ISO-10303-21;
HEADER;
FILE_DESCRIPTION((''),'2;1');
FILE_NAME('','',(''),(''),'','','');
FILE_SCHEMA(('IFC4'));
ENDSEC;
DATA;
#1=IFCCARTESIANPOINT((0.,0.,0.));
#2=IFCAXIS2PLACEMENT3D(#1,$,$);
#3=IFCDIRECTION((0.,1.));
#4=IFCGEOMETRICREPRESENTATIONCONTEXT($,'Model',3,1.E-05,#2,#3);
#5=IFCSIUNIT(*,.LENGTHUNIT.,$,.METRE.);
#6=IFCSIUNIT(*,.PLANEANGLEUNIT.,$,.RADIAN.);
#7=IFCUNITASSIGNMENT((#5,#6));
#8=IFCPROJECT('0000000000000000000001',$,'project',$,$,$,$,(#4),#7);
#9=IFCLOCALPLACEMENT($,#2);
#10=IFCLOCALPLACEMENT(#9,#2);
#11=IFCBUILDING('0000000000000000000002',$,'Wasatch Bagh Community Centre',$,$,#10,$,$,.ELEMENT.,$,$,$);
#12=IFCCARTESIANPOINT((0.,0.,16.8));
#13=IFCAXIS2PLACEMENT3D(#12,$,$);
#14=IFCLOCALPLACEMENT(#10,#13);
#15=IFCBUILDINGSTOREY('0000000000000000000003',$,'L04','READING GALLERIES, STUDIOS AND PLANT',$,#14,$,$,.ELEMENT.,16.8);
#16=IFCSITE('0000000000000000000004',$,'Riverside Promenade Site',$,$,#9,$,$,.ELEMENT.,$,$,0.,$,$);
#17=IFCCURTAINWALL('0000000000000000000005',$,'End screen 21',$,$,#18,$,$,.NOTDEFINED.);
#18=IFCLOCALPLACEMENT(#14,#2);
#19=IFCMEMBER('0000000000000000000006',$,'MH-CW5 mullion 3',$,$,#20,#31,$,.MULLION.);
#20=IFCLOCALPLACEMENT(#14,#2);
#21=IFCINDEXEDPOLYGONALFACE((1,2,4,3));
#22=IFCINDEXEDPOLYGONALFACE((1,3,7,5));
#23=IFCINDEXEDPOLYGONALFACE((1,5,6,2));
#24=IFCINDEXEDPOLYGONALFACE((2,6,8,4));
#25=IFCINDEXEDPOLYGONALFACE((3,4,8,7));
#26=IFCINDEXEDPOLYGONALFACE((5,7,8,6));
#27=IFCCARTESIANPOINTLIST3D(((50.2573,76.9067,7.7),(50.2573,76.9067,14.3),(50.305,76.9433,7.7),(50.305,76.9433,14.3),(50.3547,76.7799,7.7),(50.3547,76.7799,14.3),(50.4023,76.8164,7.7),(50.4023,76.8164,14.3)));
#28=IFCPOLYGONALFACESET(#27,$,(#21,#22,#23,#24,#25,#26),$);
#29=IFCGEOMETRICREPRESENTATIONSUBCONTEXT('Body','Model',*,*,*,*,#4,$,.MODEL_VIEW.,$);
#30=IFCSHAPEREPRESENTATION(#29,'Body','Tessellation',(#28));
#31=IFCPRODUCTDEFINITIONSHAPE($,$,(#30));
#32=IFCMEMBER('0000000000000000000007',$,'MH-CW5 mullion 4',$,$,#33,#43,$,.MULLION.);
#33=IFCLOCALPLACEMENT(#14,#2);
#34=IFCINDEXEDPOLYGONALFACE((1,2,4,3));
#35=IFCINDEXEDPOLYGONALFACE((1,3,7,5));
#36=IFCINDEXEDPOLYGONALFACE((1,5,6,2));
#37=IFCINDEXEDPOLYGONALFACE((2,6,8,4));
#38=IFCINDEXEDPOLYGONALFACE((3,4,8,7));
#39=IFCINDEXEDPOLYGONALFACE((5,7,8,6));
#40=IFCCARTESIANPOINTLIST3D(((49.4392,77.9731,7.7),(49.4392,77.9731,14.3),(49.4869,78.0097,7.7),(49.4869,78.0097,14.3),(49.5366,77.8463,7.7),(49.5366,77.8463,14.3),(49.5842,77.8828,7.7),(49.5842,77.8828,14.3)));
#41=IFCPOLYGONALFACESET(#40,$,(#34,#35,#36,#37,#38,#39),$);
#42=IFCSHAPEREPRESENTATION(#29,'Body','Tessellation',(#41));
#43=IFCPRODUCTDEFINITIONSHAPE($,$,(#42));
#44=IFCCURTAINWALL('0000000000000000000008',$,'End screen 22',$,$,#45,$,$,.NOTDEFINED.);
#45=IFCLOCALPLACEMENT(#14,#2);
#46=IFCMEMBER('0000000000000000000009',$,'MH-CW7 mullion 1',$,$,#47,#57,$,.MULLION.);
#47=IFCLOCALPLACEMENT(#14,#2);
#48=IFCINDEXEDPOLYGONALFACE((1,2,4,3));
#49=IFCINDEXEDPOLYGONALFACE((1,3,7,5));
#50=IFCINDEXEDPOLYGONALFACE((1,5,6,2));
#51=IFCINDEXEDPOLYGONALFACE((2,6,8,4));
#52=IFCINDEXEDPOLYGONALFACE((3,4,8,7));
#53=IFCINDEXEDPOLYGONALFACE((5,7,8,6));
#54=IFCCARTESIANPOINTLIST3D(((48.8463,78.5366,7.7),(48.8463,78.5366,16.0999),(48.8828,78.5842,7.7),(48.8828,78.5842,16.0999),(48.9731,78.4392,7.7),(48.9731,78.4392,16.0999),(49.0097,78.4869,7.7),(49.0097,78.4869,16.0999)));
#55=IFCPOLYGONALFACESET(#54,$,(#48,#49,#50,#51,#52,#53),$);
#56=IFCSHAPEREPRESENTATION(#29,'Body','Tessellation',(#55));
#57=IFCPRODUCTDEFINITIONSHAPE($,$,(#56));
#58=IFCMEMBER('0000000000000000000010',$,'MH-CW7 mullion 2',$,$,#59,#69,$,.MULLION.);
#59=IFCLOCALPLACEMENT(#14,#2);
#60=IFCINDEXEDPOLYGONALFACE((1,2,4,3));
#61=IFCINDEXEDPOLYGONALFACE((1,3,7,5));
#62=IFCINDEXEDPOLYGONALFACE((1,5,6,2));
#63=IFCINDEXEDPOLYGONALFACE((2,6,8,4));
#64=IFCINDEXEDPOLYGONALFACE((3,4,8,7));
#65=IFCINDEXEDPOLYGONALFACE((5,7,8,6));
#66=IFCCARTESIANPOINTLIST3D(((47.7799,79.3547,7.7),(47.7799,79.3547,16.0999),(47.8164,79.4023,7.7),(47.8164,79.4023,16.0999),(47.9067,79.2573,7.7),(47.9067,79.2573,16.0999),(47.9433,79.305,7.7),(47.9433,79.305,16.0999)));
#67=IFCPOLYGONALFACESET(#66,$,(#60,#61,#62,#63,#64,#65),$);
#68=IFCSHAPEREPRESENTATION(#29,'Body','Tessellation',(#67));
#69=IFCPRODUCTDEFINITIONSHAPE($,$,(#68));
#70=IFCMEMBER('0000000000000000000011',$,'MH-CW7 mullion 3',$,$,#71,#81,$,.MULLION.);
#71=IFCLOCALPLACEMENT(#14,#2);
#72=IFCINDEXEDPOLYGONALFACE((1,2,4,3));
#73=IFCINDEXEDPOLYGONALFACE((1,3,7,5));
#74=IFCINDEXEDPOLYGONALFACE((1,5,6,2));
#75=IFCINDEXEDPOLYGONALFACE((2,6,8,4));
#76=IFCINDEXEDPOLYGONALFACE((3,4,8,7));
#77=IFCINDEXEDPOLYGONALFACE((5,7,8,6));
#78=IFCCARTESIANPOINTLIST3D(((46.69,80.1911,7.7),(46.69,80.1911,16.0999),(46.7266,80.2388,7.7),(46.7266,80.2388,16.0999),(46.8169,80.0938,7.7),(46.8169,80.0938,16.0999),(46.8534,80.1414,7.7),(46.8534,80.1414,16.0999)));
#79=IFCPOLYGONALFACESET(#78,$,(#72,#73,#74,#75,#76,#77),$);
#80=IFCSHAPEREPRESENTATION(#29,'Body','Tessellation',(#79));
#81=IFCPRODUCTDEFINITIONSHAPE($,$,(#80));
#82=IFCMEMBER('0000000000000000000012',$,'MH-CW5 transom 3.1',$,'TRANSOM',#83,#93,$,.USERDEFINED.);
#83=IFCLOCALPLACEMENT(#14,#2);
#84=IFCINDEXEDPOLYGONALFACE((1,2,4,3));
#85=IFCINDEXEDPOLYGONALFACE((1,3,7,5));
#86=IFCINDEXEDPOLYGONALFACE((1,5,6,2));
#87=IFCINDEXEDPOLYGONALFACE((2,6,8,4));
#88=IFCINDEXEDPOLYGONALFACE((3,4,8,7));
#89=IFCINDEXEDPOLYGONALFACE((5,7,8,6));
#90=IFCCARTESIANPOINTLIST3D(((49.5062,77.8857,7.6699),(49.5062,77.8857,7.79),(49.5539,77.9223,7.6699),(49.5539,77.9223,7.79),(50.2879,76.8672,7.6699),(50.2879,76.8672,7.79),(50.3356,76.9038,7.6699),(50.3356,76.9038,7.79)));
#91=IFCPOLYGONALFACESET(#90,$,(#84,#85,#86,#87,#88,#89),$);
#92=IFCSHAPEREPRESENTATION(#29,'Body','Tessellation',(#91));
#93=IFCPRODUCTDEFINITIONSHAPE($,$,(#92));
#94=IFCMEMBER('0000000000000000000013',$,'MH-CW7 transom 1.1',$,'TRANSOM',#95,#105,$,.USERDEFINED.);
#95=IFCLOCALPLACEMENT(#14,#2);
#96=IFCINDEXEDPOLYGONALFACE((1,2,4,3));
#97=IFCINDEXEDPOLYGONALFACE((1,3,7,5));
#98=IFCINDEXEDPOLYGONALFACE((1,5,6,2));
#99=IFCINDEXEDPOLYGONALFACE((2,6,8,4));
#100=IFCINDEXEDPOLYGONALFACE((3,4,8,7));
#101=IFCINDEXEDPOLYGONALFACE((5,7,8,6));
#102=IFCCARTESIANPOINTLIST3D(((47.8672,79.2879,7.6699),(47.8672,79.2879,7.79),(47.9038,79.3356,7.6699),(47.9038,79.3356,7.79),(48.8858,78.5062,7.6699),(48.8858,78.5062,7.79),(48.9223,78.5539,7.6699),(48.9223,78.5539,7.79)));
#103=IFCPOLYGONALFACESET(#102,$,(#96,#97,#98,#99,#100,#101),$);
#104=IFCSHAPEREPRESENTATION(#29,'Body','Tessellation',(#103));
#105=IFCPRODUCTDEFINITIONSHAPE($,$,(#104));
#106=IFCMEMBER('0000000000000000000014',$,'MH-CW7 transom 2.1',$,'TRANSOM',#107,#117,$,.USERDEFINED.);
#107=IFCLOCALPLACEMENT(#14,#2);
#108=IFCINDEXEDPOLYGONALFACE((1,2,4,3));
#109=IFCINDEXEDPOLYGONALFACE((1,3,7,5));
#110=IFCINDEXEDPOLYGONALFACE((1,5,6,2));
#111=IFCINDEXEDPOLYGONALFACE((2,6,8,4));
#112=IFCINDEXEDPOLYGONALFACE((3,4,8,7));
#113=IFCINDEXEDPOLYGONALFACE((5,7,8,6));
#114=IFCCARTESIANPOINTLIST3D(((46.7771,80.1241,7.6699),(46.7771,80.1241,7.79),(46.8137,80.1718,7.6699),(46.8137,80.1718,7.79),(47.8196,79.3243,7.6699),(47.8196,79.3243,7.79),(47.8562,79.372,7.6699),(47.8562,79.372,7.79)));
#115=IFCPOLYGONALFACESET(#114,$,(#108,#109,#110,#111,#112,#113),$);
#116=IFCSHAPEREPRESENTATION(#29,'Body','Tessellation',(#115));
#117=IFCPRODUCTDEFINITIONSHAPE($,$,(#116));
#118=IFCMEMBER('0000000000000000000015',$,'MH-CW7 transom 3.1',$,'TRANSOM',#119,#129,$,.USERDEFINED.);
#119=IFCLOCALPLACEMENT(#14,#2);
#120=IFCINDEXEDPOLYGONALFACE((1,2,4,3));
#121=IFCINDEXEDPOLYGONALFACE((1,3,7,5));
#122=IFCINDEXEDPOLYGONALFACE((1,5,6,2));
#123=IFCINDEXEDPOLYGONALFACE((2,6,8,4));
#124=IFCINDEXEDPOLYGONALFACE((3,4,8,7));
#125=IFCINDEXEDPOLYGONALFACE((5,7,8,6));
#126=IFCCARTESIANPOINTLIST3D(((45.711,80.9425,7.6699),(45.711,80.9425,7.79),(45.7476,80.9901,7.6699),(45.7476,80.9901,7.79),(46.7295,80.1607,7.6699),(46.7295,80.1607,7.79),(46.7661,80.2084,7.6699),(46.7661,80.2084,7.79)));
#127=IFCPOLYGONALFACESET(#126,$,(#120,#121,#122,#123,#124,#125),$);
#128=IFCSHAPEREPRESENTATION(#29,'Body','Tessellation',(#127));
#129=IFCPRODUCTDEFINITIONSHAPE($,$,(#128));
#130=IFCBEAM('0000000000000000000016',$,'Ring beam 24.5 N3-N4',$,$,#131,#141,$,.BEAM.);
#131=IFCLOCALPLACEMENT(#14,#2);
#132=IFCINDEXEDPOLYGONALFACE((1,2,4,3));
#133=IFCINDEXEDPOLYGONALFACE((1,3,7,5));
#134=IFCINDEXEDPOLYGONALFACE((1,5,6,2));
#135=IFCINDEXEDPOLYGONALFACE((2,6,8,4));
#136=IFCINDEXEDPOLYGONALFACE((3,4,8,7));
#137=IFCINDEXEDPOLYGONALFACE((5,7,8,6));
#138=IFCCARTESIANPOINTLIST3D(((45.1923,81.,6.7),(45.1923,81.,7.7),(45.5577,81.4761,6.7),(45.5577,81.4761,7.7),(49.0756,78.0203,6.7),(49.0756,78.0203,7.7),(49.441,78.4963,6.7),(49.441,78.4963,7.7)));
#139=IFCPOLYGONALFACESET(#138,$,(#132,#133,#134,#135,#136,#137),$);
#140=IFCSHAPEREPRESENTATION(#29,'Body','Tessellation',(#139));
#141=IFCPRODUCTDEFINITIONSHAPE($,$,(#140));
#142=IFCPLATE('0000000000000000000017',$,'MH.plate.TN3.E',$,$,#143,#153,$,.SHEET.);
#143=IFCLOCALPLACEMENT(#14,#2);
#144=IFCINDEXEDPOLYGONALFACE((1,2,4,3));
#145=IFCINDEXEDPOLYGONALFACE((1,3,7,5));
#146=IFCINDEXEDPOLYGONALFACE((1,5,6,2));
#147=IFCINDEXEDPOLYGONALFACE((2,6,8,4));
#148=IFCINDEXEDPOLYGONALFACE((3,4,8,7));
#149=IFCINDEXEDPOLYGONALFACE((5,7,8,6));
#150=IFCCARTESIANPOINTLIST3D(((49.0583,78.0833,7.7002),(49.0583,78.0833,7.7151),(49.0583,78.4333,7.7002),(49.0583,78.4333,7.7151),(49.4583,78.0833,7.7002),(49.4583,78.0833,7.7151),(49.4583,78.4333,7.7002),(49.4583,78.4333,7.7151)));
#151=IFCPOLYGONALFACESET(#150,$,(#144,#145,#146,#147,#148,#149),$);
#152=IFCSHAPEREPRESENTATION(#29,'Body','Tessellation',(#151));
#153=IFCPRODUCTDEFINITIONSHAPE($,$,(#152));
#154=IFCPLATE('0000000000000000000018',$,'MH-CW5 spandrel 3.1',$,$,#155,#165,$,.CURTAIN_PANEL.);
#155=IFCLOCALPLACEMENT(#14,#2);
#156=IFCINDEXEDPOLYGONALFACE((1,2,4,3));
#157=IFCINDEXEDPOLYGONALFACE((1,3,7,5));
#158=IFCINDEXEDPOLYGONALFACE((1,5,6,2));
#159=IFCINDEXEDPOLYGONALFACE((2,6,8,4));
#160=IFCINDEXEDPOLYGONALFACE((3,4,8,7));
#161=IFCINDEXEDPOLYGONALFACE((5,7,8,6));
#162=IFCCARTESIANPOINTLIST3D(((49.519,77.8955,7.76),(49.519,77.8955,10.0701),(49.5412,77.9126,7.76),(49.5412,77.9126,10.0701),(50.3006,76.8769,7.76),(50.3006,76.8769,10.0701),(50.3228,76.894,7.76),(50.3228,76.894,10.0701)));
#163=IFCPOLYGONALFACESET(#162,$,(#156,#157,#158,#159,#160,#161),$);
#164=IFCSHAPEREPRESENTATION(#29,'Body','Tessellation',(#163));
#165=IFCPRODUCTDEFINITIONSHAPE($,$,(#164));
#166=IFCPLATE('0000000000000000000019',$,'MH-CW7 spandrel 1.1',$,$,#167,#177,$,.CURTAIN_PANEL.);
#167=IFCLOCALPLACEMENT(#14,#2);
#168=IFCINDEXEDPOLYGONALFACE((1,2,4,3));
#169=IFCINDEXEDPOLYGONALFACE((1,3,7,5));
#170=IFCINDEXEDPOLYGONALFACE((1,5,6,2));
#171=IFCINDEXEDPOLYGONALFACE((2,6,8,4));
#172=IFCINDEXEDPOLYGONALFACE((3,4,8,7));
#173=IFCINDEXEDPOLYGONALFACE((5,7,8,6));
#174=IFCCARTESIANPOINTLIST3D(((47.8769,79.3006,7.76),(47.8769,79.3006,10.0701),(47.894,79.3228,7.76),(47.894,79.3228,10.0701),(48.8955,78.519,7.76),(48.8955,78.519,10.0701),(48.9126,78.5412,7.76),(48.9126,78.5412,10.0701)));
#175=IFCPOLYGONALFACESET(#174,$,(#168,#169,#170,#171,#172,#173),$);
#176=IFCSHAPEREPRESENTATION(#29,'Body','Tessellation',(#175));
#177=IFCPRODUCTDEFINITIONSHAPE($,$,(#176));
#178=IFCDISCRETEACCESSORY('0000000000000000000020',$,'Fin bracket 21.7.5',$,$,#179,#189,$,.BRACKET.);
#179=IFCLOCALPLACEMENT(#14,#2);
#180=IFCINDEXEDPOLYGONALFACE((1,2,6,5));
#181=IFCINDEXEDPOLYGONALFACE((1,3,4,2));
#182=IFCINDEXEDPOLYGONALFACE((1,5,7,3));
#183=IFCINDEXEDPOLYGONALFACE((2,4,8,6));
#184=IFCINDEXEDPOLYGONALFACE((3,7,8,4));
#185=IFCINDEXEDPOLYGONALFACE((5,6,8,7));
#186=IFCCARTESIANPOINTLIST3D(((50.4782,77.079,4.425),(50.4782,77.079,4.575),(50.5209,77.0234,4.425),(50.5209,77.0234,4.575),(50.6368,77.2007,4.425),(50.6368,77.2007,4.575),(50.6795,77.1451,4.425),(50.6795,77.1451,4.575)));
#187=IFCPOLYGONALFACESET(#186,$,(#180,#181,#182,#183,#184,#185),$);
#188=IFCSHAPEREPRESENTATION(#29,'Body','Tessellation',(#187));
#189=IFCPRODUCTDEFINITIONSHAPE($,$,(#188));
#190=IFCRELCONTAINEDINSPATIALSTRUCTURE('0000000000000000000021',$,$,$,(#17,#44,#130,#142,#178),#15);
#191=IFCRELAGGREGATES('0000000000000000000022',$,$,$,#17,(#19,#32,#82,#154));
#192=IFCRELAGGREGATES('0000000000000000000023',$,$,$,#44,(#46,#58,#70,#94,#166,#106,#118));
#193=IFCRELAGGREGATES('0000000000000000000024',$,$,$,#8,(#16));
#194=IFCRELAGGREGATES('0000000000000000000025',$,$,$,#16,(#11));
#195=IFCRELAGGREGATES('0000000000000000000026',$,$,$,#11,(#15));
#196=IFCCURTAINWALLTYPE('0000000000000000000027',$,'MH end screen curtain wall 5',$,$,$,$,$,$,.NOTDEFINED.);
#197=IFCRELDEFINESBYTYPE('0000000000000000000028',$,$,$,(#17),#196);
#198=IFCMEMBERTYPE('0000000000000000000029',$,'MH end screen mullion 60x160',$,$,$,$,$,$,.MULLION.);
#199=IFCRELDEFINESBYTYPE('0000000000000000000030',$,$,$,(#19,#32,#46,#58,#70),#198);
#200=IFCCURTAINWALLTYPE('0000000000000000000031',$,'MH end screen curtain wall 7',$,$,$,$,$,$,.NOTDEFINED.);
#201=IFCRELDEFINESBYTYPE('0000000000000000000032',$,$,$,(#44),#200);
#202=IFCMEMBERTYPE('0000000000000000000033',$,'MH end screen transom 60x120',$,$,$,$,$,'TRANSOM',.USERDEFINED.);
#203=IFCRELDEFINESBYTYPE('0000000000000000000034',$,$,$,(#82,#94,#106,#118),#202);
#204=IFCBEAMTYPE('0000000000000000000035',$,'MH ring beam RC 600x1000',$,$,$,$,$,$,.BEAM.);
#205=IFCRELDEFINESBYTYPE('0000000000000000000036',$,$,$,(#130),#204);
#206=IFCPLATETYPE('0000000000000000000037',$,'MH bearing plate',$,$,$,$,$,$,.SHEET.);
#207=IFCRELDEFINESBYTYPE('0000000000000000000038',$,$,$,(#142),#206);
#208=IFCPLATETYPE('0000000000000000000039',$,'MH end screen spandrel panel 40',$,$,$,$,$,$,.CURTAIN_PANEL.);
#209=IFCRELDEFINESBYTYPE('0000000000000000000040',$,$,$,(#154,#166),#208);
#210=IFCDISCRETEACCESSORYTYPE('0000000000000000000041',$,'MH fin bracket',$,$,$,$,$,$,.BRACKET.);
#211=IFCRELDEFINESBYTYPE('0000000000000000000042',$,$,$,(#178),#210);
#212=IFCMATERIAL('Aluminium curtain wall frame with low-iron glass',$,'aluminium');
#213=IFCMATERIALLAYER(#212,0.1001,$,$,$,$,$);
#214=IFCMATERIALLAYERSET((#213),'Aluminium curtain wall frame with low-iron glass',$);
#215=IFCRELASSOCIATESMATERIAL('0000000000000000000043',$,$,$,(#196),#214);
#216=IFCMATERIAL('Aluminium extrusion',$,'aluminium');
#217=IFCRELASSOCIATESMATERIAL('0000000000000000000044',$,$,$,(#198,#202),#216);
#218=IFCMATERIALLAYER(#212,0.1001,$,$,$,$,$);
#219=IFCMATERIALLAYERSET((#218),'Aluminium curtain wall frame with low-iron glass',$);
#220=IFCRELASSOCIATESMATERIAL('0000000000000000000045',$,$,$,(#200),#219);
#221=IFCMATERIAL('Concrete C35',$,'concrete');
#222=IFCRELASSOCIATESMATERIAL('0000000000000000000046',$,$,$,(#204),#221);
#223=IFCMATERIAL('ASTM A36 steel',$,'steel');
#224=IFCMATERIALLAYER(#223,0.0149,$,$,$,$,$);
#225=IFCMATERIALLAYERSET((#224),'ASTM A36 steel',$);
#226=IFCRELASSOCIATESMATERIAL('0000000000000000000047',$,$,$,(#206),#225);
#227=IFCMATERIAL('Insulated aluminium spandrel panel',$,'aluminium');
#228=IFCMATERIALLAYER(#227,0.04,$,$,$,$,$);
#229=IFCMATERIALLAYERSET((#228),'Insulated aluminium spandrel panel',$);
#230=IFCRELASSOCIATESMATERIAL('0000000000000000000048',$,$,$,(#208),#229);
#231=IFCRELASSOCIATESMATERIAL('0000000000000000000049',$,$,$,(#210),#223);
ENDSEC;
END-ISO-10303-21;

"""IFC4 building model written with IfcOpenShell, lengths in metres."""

from ifc_helpers import new_model, si_unit, direction, frame, origin, origin_2d, place, context, subcontext, project, spatial, rectangle, extrude, material, layer, layer_set, material_profile, profile_set, type_object, element, aggregate, save


model = new_model("IFC4")

# Units and contexts
model_context = context("Model", 3, precision=1e-05, world=origin(), true_north=direction((0.0, 1.0)))
body_context = subcontext(model_context, "Body", "Model", "MODEL_VIEW")
ifc_project = project(units=[si_unit("LENGTHUNIT", "METRE"), si_unit("PLANEANGLEUNIT", "RADIAN")], contexts=[model_context])

# Site, building, storey
site_placement = place(None, origin())
site = spatial("IfcSite", under=ifc_project, at=site_placement, Name="Riverside Promenade Site", CompositionType="ELEMENT", RefElevation=0.0)
building_placement = place(site_placement, origin())
building = spatial("IfcBuilding", under=site, at=building_placement, Name="Wasatch Bagh Community Centre", CompositionType="ELEMENT")
storey_placement = place(building_placement, frame((0.0, 0.0, 16.8)))
storey = spatial("IfcBuildingStorey", under=building, at=storey_placement, Name="L04", Description="READING GALLERIES, STUDIOS AND PLANT", CompositionType="ELEMENT", Elevation=16.8)

# Curtain walls, members
ifc_material_1 = material(Name="Aluminium curtain wall frame with low-iron glass", Category="aluminium")
ifc_layer_1 = layer(ifc_material_1, 0.1001)
ifc_layer_set_1 = layer_set([ifc_layer_1], Name="Aluminium curtain wall frame with low-iron glass")
curtain_wall_type_1 = type_object("IfcCurtainWallType", Name="MH end screen curtain wall 5", PredefinedType="NOTDEFINED", material=ifc_layer_set_1)
curtain_wall_1_placement = place(storey_placement, origin())
curtain_wall_1 = element("IfcCurtainWall", 1, at=curtain_wall_1_placement, inside=storey, type_object=curtain_wall_type_1, Name="End screen 21", PredefinedType="NOTDEFINED")
ifc_material_2 = material(Name="Aluminium extrusion", Category="aluminium")
ifc_material_profile_1 = material_profile(ifc_material_2, rectangle(XDim=0.0601, YDim=0.1599, at=origin_2d()), Name="AL 60x160")
ifc_profile_set_1 = profile_set([ifc_material_profile_1], Name="Aluminium extrusion")
member_type_1 = type_object("IfcMemberType", Name="MH end screen mullion 60x160", PredefinedType="MULLION", material=ifc_profile_set_1)
member_1_placement = place(storey_placement, frame((50.3298, 76.8616, 7.7), z_axis=(0.0, 0.0, 1.0), x_axis=(-0.793353, -0.608761, 0.0)))
member_1 = element("IfcMember", 2, at=member_1_placement, type_object=member_type_1, Name="MH-CW5 mullion 3", PredefinedType="MULLION", context=body_context, shape_type="SweptSolid", body=[
    extrude(rectangle(XDim=0.0601, YDim=0.1599, at=origin_2d()), origin(), (0.0, 0.0, 1.0), 6.6001),
])
member_2_placement = place(storey_placement, frame((49.5117, 77.928, 7.7), z_axis=(0.0, 0.0, 1.0), x_axis=(-0.793353, -0.608761, 0.0)))
member_2 = element("IfcMember", 3, at=member_2_placement, type_object=member_type_1, Name="MH-CW5 mullion 4", PredefinedType="MULLION", context=body_context, shape_type="SweptSolid", body=[
    extrude(rectangle(XDim=0.0601, YDim=0.1599, at=origin_2d()), origin(), (0.0, 0.0, 1.0), 6.6001),
])
ifc_layer_2 = layer(ifc_material_1, 0.1001)
ifc_layer_set_2 = layer_set([ifc_layer_2], Name="Aluminium curtain wall frame with low-iron glass")
curtain_wall_type_2 = type_object("IfcCurtainWallType", Name="MH end screen curtain wall 7", PredefinedType="NOTDEFINED", material=ifc_layer_set_2)
curtain_wall_2_placement = place(storey_placement, origin())
curtain_wall_2 = element("IfcCurtainWall", 4, at=curtain_wall_2_placement, inside=storey, type_object=curtain_wall_type_2, Name="End screen 22", PredefinedType="NOTDEFINED")
member_3_placement = place(storey_placement, frame((48.928, 78.5117, 7.7), z_axis=(0.0, 0.0, 1.0), x_axis=(-0.608761, -0.793353, 0.0)))
member_3 = element("IfcMember", 5, at=member_3_placement, type_object=member_type_1, Name="MH-CW7 mullion 1", PredefinedType="MULLION", context=body_context, shape_type="SweptSolid", body=[
    extrude(rectangle(XDim=0.0601, YDim=0.1599, at=origin_2d()), origin(), (0.0, 0.0, 1.0), 8.3999),
])
member_4_placement = place(storey_placement, frame((47.8616, 79.3298, 7.7), z_axis=(0.0, 0.0, 1.0), x_axis=(-0.608761, -0.793353, 0.0)))
member_4 = element("IfcMember", 6, at=member_4_placement, type_object=member_type_1, Name="MH-CW7 mullion 2", PredefinedType="MULLION", context=body_context, shape_type="SweptSolid", body=[
    extrude(rectangle(XDim=0.0601, YDim=0.1599, at=origin_2d()), origin(), (0.0, 0.0, 1.0), 8.3999),
])
member_5_placement = place(storey_placement, frame((46.7717, 80.1663, 7.7), z_axis=(0.0, 0.0, 1.0), x_axis=(-0.608761, -0.793353, 0.0)))
member_5 = element("IfcMember", 7, at=member_5_placement, type_object=member_type_1, Name="MH-CW7 mullion 3", PredefinedType="MULLION", context=body_context, shape_type="SweptSolid", body=[
    extrude(rectangle(XDim=0.0601, YDim=0.1599, at=origin_2d()), origin(), (0.0, 0.0, 1.0), 8.3999),
])

# Members
ifc_material_profile_2 = material_profile(ifc_material_2, rectangle(XDim=0.0601, YDim=0.1201, at=origin_2d()), Name="AL 60x120")
ifc_profile_set_2 = profile_set([ifc_material_profile_2], Name="Aluminium extrusion")
member_type_2 = type_object("IfcMemberType", Name="MH end screen transom 60x120", ElementType="TRANSOM", PredefinedType="USERDEFINED", material=ifc_profile_set_2)
member_6_placement = place(storey_placement, frame((50.3118, 76.8855, 7.73), z_axis=(-0.608847, 0.793288, 0.0), x_axis=(-0.793288, -0.608847, 0.0)))
member_6 = element("IfcMember", 8, at=member_6_placement, type_object=member_type_2, Name="MH-CW5 transom 3.1", ObjectType="TRANSOM", PredefinedType="USERDEFINED", context=body_context, shape_type="SweptSolid", body=[
    extrude(rectangle(XDim=0.0601, YDim=0.1201, at=origin_2d()), origin(), (0.0, 0.0, 1.0), 1.2839),
])
member_7_placement = place(storey_placement, frame((48.9041, 78.53, 7.73), z_axis=(-0.793288, 0.608847, 0.0), x_axis=(-0.608847, -0.793288, 0.0)))
member_7 = element("IfcMember", 9, at=member_7_placement, type_object=member_type_2, Name="MH-CW7 transom 1.1", ObjectType="TRANSOM", PredefinedType="USERDEFINED", context=body_context, shape_type="SweptSolid", body=[
    extrude(rectangle(XDim=0.0601, YDim=0.1201, at=origin_2d()), origin(), (0.0, 0.0, 1.0), 1.2839),
])
member_8_placement = place(storey_placement, frame((47.8379, 79.3481, 7.73), z_axis=(-0.793397, 0.608705, 0.0), x_axis=(-0.608705, -0.793397, 0.0)))
member_8 = element("IfcMember", 10, at=member_8_placement, type_object=member_type_2, Name="MH-CW7 transom 2.1", ObjectType="TRANSOM", PredefinedType="USERDEFINED", context=body_context, shape_type="SweptSolid", body=[
    extrude(rectangle(XDim=0.0601, YDim=0.1201, at=origin_2d()), origin(), (0.0, 0.0, 1.0), 1.314),
])
member_9_placement = place(storey_placement, frame((46.7478, 80.1846, 7.73), z_axis=(-0.793288, 0.608847, 0.0), x_axis=(-0.608847, -0.793288, 0.0)))
member_9 = element("IfcMember", 11, at=member_9_placement, type_object=member_type_2, Name="MH-CW7 transom 3.1", ObjectType="TRANSOM", PredefinedType="USERDEFINED", context=body_context, shape_type="SweptSolid", body=[
    extrude(rectangle(XDim=0.0601, YDim=0.1201, at=origin_2d()), origin(), (0.0, 0.0, 1.0), 1.2839),
])

# Beam
ifc_material_3 = material(Name="Concrete C35", Category="concrete")
ifc_material_profile_3 = material_profile(ifc_material_3, rectangle(XDim=0.6001, YDim=1.0, at=origin_2d()), Name="RC 600x1000")
ifc_profile_set_3 = profile_set([ifc_material_profile_3], Name="Concrete C35")
beam_type = type_object("IfcBeamType", Name="MH ring beam RC 600x1000", PredefinedType="BEAM", material=ifc_profile_set_3)
beam_placement = place(storey_placement, frame((49.2583, 78.2583, 7.2), z_axis=(-0.793356, 0.608758, 0.0), x_axis=(-0.608758, -0.793356, 0.0)))
element("IfcBeam", 12, at=beam_placement, inside=storey, type_object=beam_type, Name="Ring beam 24.5 N3-N4", PredefinedType="BEAM", context=body_context, shape_type="SweptSolid", body=[
    extrude(rectangle(XDim=0.6001, YDim=1.0, at=origin_2d()), origin(), (0.0, 0.0, 1.0), 4.8948),
])

# Plates
ifc_material_4 = material(Name="ASTM A36 steel", Category="steel")
ifc_layer_3 = layer(ifc_material_4, 0.0149)
ifc_layer_set_3 = layer_set([ifc_layer_3], Name="ASTM A36 steel")
plate_type_1 = type_object("IfcPlateType", Name="MH bearing plate", PredefinedType="SHEET", material=ifc_layer_set_3)
plate_1_placement = place(storey_placement, frame((49.2583, 78.2583, 7.7002), z_axis=(0.0, 0.0, 1.0), x_axis=(1.0, 0.0, 0.0)))
element("IfcPlate", 13, at=plate_1_placement, inside=storey, type_object=plate_type_1, Name="MH.plate.TN3.E", PredefinedType="SHEET", context=body_context, shape_type="SweptSolid", body=[
    extrude(rectangle(XDim=0.3999, YDim=0.3501, at=origin_2d()), origin(), (0.0, 0.0, 1.0), 0.0149),
])
ifc_material_5 = material(Name="Insulated aluminium spandrel panel", Category="aluminium")
ifc_layer_4 = layer(ifc_material_5, 0.04)
ifc_layer_set_4 = layer_set([ifc_layer_4], Name="Insulated aluminium spandrel panel")
plate_type_2 = type_object("IfcPlateType", Name="MH end screen spandrel panel 40", PredefinedType="CURTAIN_PANEL", material=ifc_layer_set_4)
plate_2_placement = place(storey_placement, frame((49.9209, 77.3948, 7.76), z_axis=(0.0, 0.0, 1.0), x_axis=(-0.608761, 0.793353, 0.0)))
plate_2 = element("IfcPlate", 14, at=plate_2_placement, type_object=plate_type_2, Name="MH-CW5 spandrel 3.1", PredefinedType="CURTAIN_PANEL", context=body_context, shape_type="SweptSolid", body=[
    extrude(rectangle(XDim=1.2839, YDim=0.0281, at=origin_2d()), origin(), (0.0, 0.0, 1.0), 2.3101),
])
aggregate(curtain_wall_1, [member_1, member_2, member_6, plate_2])
plate_3_placement = place(storey_placement, frame((48.3948, 78.9209, 7.76), z_axis=(0.0, 0.0, 1.0), x_axis=(-0.793353, 0.608761, 0.0)))
plate_3 = element("IfcPlate", 15, at=plate_3_placement, type_object=plate_type_2, Name="MH-CW7 spandrel 1.1", PredefinedType="CURTAIN_PANEL", context=body_context, shape_type="SweptSolid", body=[
    extrude(rectangle(XDim=1.2839, YDim=0.0281, at=origin_2d()), origin(), (0.0, 0.0, 1.0), 2.3101),
])
aggregate(curtain_wall_2, [member_3, member_4, member_5, member_7, plate_3, member_8, member_9])

# Discrete accessory
discrete_accessory_type = type_object("IfcDiscreteAccessoryType", Name="MH fin bracket", PredefinedType="BRACKET", material=ifc_material_4)
for number, where, z_axis, x_axis, name in (
    (16, (50.5789, 77.1121, 4.425), (0.0, 0.0, 1.0), (-0.608761, 0.793353, 0.0), "Fin bracket 21.7.5"),
):
    element("IfcDiscreteAccessory", number, at=place(storey_placement, frame(where, z_axis=z_axis, x_axis=x_axis)), inside=storey, type_object=discrete_accessory_type, Name=name, PredefinedType="BRACKET", context=body_context, shape_type="SweptSolid", body=[
        extrude(rectangle(XDim=0.0701, YDim=0.2, at=origin_2d()), origin(), (0.0, 0.0, 1.0), 0.1499),
    ])

save(model, "model.ifc")
